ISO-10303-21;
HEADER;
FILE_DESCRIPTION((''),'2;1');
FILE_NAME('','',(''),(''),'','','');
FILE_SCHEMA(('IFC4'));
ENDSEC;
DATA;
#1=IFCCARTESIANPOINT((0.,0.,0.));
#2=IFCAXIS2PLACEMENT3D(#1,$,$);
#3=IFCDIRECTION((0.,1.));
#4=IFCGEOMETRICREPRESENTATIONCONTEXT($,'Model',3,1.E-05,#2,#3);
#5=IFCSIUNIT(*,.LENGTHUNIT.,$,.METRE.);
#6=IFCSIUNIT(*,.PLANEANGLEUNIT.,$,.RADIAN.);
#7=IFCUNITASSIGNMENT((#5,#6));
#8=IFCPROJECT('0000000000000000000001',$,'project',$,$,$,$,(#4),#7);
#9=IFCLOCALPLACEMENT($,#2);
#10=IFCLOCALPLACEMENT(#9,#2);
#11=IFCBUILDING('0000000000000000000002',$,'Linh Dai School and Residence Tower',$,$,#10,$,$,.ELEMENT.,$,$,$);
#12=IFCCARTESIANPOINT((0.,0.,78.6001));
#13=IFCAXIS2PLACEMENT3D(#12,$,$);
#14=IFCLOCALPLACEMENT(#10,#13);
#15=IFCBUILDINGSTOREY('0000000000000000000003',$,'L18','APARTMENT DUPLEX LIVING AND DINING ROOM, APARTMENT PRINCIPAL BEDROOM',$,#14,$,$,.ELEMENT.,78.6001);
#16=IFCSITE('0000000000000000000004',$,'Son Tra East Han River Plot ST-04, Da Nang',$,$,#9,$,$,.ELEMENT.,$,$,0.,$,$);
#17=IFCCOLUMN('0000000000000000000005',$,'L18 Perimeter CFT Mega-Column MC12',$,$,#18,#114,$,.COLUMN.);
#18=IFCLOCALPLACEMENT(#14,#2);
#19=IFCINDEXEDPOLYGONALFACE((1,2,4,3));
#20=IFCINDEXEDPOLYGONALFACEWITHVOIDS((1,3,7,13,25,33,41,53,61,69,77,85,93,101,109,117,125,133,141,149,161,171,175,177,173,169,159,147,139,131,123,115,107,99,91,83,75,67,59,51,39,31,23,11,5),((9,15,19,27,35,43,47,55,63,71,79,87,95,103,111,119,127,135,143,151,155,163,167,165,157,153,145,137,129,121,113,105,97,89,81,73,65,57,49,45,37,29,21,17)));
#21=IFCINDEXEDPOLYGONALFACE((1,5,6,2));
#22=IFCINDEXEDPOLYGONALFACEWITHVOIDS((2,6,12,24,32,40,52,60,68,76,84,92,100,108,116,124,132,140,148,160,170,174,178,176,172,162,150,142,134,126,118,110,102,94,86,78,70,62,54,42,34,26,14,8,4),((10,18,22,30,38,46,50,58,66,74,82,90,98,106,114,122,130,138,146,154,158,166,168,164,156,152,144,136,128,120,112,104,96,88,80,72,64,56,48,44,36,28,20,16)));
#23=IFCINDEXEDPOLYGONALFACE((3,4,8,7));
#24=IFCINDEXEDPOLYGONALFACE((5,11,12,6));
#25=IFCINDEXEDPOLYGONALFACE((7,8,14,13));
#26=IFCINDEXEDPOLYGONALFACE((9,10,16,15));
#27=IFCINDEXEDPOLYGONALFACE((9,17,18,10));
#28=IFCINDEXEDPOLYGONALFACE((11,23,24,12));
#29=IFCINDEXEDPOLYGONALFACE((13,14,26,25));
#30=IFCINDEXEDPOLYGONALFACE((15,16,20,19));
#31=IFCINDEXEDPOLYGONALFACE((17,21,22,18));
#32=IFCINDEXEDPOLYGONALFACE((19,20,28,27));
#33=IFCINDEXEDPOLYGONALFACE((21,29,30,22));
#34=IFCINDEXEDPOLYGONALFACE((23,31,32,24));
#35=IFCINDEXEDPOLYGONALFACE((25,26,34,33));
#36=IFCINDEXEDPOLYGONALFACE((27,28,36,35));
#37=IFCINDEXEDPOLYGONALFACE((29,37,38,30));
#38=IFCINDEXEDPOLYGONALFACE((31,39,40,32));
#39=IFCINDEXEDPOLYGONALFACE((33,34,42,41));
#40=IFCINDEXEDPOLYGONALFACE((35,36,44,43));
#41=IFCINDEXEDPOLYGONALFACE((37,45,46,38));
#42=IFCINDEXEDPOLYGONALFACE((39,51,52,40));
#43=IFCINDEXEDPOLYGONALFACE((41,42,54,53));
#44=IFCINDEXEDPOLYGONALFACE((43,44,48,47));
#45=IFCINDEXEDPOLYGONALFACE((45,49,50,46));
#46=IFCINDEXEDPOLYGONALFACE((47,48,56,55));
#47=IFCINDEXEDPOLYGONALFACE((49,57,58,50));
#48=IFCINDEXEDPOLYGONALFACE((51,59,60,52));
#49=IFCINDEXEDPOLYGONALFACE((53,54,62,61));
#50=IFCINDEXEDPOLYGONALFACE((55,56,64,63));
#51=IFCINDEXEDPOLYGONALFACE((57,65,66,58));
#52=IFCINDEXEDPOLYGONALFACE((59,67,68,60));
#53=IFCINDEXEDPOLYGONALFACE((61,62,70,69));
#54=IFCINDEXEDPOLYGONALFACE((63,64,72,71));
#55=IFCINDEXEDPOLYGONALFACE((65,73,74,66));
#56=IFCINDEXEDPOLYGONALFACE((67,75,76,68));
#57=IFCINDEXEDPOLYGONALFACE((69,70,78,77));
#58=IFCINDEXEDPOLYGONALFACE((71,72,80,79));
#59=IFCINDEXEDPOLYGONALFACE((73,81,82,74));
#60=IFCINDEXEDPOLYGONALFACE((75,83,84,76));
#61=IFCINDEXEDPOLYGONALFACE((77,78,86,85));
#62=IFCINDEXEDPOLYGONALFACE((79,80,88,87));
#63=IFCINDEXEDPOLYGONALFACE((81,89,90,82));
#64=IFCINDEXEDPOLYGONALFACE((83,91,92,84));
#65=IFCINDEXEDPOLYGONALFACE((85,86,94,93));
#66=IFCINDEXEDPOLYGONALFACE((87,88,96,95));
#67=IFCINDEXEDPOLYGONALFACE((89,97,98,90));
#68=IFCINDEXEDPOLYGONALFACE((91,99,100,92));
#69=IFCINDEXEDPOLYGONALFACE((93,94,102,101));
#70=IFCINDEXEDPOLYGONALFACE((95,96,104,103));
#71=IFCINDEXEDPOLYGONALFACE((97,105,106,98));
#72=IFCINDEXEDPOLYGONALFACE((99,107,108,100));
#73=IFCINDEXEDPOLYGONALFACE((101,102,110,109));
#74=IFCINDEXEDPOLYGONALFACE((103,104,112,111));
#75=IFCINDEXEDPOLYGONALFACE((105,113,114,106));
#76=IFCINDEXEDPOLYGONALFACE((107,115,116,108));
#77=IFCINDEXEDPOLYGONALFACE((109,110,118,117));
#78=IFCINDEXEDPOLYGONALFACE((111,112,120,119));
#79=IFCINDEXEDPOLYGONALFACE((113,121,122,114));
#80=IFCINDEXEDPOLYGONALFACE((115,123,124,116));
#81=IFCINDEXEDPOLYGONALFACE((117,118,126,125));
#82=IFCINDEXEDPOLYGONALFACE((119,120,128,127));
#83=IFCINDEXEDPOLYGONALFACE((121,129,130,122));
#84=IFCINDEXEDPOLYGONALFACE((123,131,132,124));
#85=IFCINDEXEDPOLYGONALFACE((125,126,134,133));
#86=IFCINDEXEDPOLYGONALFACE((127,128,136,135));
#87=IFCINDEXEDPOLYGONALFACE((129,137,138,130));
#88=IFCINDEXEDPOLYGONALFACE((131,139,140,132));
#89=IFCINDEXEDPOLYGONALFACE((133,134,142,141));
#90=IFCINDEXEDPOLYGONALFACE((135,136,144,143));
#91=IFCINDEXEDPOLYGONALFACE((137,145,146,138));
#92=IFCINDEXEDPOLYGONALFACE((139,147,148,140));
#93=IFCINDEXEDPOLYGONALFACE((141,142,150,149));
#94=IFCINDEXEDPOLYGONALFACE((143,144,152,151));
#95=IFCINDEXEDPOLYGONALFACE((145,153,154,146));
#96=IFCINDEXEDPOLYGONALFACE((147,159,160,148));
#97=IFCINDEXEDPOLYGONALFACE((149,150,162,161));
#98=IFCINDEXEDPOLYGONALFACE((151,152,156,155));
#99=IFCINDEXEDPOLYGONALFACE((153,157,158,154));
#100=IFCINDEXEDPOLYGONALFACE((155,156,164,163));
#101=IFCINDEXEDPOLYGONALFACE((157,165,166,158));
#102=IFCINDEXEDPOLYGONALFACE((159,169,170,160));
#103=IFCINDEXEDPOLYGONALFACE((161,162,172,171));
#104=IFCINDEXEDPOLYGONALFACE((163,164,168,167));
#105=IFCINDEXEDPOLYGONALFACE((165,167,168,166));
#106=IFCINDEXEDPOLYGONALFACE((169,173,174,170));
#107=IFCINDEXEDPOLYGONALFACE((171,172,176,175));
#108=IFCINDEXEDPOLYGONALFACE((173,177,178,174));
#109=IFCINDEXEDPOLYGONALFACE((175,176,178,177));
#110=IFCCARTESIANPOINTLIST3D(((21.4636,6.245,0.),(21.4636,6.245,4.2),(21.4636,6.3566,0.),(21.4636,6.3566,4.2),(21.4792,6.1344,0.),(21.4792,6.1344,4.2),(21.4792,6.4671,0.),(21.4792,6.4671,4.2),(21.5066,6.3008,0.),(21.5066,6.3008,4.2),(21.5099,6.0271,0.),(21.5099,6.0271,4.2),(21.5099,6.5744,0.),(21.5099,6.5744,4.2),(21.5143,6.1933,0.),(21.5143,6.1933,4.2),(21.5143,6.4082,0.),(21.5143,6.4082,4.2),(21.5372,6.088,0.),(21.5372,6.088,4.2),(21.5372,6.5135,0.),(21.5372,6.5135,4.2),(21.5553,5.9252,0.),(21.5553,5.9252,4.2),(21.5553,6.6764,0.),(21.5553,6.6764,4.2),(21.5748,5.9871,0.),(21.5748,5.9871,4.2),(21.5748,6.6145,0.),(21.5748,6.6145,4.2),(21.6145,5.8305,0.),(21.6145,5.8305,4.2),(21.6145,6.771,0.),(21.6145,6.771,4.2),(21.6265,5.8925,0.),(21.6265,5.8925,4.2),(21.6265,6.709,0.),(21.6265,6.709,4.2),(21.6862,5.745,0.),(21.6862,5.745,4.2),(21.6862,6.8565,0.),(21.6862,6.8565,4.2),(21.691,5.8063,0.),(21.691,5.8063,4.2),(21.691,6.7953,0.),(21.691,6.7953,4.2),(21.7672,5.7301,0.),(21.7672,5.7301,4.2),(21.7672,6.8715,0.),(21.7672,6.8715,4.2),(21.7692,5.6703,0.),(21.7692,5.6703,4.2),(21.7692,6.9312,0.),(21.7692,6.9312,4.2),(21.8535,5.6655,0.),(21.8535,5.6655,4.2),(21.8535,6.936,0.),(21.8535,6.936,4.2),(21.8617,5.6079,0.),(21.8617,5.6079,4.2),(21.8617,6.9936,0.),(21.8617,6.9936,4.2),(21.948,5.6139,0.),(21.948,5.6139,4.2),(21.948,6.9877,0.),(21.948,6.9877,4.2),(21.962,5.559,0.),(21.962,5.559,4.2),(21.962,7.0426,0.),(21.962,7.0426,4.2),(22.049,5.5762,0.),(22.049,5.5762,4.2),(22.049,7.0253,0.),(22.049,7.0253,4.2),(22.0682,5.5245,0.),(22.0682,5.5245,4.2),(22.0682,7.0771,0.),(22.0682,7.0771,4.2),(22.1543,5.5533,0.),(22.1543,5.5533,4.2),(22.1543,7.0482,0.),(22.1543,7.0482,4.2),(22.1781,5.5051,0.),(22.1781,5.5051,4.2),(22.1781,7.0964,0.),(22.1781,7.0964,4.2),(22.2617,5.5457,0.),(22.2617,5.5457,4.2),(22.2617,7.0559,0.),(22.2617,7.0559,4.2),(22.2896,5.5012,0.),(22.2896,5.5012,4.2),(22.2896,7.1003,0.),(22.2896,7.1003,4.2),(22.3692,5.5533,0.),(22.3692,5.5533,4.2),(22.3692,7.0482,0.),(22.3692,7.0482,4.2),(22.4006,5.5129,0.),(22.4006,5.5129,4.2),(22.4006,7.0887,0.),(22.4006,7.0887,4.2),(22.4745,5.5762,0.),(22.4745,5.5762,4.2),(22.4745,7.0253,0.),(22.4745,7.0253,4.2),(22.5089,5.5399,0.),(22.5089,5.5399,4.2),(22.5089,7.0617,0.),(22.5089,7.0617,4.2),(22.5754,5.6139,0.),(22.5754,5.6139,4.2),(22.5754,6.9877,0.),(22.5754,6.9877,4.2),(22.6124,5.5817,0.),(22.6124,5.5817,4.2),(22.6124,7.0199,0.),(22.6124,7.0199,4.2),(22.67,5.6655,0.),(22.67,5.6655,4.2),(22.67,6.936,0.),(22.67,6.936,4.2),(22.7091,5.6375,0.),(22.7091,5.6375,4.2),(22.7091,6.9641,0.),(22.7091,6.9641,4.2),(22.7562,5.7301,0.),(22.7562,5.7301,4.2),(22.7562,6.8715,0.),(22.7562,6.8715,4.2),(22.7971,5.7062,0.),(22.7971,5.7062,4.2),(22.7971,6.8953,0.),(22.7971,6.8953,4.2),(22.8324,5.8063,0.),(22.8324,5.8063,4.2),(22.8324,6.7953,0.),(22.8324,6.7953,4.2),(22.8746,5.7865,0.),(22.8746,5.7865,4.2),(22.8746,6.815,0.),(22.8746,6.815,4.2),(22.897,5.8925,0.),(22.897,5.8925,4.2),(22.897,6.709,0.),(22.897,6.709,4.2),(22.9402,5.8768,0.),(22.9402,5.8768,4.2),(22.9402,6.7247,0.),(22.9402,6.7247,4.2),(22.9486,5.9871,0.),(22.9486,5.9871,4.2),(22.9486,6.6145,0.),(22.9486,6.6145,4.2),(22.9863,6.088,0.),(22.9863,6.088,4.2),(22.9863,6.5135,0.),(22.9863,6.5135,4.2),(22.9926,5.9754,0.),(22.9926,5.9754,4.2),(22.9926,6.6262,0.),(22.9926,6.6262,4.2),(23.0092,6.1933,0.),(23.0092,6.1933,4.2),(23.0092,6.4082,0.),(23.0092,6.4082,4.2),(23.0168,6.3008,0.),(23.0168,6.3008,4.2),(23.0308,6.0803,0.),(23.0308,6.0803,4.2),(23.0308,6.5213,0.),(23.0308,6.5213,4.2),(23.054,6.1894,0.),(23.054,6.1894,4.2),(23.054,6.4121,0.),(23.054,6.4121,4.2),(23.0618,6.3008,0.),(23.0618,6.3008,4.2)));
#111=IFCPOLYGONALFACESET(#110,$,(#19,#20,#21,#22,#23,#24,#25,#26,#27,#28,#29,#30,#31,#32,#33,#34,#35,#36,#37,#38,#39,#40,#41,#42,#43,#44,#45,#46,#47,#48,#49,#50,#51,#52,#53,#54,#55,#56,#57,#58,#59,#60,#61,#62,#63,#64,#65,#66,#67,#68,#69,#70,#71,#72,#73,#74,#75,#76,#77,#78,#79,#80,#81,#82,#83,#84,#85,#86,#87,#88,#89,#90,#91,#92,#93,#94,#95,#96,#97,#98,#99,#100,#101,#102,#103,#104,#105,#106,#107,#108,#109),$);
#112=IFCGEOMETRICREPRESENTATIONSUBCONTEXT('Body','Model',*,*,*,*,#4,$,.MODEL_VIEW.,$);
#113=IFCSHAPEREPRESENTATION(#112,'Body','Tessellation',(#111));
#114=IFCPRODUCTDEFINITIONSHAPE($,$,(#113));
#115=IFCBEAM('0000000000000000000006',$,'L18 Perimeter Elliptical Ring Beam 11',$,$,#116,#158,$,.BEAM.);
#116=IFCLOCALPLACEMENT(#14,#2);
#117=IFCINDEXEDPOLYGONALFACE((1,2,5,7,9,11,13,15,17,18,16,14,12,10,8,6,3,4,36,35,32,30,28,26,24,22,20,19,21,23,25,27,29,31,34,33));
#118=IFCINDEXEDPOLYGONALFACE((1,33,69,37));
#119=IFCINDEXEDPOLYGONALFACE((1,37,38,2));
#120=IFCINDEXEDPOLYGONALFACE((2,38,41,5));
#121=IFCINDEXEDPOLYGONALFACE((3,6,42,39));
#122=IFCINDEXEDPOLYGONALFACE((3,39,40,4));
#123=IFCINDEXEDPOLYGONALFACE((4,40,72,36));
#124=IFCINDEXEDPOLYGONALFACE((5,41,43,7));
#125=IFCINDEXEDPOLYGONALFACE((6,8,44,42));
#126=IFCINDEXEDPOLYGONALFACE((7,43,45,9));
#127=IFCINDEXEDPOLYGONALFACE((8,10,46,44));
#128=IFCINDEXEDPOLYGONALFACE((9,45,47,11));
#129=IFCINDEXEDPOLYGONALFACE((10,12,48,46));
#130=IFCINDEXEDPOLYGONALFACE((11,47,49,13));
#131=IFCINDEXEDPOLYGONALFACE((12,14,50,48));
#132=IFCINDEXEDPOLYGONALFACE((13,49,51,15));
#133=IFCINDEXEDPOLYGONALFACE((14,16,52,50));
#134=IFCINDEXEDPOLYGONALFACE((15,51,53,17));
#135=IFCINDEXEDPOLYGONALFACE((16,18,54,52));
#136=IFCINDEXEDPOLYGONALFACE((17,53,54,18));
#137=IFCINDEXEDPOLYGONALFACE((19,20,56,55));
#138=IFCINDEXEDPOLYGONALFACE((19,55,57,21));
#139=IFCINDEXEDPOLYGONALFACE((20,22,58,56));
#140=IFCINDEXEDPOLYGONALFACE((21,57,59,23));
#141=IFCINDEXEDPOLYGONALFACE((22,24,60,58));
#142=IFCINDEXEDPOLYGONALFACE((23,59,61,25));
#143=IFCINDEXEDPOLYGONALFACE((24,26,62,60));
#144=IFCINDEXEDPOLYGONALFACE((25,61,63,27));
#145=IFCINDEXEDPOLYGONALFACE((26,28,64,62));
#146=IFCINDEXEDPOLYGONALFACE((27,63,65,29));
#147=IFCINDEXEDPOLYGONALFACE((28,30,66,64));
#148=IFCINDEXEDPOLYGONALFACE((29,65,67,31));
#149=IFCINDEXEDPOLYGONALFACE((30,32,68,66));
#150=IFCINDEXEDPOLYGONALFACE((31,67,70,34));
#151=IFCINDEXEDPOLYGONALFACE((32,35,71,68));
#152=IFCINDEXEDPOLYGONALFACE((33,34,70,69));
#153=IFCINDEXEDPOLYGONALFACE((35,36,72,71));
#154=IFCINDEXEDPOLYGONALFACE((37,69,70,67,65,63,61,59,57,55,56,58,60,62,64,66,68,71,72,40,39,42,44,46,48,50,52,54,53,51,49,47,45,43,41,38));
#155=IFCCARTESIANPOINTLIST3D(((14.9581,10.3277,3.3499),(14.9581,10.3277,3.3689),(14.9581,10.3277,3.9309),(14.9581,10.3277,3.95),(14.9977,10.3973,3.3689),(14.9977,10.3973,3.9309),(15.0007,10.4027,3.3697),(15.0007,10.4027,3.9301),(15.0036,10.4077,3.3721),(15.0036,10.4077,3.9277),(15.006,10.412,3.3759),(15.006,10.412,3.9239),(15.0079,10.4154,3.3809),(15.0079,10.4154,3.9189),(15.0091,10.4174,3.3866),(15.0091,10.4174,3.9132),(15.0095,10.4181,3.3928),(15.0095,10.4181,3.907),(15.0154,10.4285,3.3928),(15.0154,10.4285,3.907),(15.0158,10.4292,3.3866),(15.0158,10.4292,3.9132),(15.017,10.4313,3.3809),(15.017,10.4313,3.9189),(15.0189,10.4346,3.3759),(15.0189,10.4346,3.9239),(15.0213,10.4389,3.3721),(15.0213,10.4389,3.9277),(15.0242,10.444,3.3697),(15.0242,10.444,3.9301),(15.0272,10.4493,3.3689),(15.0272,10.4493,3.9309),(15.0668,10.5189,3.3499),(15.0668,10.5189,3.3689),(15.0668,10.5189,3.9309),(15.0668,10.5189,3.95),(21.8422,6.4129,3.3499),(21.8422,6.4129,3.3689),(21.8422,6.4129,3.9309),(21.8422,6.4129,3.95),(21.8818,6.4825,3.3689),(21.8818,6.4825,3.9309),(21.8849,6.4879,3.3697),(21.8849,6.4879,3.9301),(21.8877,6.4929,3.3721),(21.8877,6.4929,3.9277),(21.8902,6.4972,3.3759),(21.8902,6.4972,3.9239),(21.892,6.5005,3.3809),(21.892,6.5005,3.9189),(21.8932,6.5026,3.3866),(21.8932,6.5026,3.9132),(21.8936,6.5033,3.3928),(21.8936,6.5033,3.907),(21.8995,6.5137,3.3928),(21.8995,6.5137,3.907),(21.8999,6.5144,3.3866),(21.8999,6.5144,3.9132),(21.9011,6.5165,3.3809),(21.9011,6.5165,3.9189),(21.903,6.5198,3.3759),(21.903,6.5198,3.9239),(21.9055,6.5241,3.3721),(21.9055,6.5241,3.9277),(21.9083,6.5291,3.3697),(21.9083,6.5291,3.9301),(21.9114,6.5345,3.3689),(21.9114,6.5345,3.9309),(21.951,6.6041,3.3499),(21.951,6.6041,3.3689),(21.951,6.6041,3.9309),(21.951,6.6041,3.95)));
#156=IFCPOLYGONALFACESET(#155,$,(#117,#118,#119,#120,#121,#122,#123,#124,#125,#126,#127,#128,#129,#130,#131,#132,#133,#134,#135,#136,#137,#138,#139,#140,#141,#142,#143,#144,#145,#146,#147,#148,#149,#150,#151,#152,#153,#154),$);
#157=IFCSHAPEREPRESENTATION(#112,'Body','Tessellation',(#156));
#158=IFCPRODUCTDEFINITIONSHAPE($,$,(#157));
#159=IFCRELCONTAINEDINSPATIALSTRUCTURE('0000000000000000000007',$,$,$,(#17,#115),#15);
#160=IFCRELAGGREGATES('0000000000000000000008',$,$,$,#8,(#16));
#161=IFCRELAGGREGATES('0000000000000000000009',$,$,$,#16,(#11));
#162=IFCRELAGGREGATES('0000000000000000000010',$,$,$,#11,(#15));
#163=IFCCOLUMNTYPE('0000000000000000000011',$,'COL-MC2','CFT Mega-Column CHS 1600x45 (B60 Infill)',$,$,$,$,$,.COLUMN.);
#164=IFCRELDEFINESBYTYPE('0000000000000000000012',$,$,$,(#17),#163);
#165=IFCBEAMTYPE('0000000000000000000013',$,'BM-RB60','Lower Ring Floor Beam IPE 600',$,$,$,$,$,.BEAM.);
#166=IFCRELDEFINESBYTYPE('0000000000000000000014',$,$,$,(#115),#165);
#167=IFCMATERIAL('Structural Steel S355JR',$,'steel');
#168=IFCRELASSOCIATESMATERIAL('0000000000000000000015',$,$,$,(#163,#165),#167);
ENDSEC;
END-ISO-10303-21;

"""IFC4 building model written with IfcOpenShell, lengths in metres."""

from ifc_helpers import new_model, si_unit, direction, frame, origin, origin_2d, place, context, subcontext, project, spatial, hollow_circle, i_section, extrude, material, material_profile, profile_set, type_object, element, save


model = new_model("IFC4")

# Units and contexts
model_context = context("Model", 3, precision=1e-05, world=origin(), true_north=direction((0.0, 1.0)))
body_context = subcontext(model_context, "Body", "Model", "MODEL_VIEW")
ifc_project = project(units=[si_unit("LENGTHUNIT", "METRE"), si_unit("PLANEANGLEUNIT", "RADIAN")], contexts=[model_context])

# Site, building, storey
site_placement = place(None, origin())
site = spatial("IfcSite", under=ifc_project, at=site_placement, Name="Son Tra East Han River Plot ST-04, Da Nang", CompositionType="ELEMENT", RefElevation=0.0)
building_placement = place(site_placement, origin())
building = spatial("IfcBuilding", under=site, at=building_placement, Name="Linh Dai School and Residence Tower", CompositionType="ELEMENT")
storey_placement = place(building_placement, frame((0.0, 0.0, 78.6001)))
storey = spatial("IfcBuildingStorey", under=building, at=storey_placement, Name="L18", Description="APARTMENT DUPLEX LIVING AND DINING ROOM, APARTMENT PRINCIPAL BEDROOM", CompositionType="ELEMENT", Elevation=78.6001)

# Column
ifc_material_1 = material(Name="Structural Steel S355JR", Category="steel")
ifc_material_profile_1 = material_profile(ifc_material_1, hollow_circle(Radius=0.8, WallThickness=0.0449, at=origin_2d()), Name="CHS 1600x45")
ifc_profile_set_1 = profile_set([ifc_material_profile_1], Name="Structural Steel S355JR")
column_type = type_object("IfcColumnType", Name="COL-MC2", Description="CFT Mega-Column CHS 1600x45 (B60 Infill)", PredefinedType="COLUMN", material=ifc_profile_set_1)
for number, where, z_axis, x_axis, name in (
    (1, (22.2617, 6.3008, 0.0), (0.0, 0.0, 1.0), (1.0, 0.0, 0.0), "L18 Perimeter CFT Mega-Column MC12"),
):
    element("IfcColumn", number, at=place(storey_placement, frame(where, z_axis=z_axis, x_axis=x_axis)), inside=storey, type_object=column_type, Name=name, PredefinedType="COLUMN", context=body_context, shape_type="SweptSolid", body=[
        extrude(hollow_circle(Radius=0.8, WallThickness=0.0449, at=origin_2d()), origin(), (0.0, 0.0, 1.0), 4.2),
    ])

# Beam
ifc_material_profile_2 = material_profile(ifc_material_1, i_section(OverallWidth=0.22, OverallDepth=0.6001, WebThickness=0.012, FlangeThickness=0.019, FilletRadius=0.0239, at=origin_2d()), Name="IPE 600")
ifc_profile_set_2 = profile_set([ifc_material_profile_2], Name="Structural Steel S355JR")
beam_type = type_object("IfcBeamType", Name="BM-RB60", Description="Lower Ring Floor Beam IPE 600", PredefinedType="BEAM", material=ifc_profile_set_2)
beam_1_placement = place(storey_placement, frame((15.0125, 10.4233, 3.6499), z_axis=(0.869271, -0.494335, 0.0), x_axis=(0.494335, 0.869271, 0.0)))
element("IfcBeam", 2, at=beam_1_placement, inside=storey, type_object=beam_type, Name="L18 Perimeter Elliptical Ring Beam 11", PredefinedType="BEAM", context=body_context, shape_type="SweptSolid", body=[
    extrude(i_section(OverallWidth=0.22, OverallDepth=0.6001, WebThickness=0.012, FlangeThickness=0.019, FilletRadius=0.0239, at=origin_2d()), origin(), (0.0, 0.0, 1.0), 7.9194),
])

save(model, "model.ifc")
